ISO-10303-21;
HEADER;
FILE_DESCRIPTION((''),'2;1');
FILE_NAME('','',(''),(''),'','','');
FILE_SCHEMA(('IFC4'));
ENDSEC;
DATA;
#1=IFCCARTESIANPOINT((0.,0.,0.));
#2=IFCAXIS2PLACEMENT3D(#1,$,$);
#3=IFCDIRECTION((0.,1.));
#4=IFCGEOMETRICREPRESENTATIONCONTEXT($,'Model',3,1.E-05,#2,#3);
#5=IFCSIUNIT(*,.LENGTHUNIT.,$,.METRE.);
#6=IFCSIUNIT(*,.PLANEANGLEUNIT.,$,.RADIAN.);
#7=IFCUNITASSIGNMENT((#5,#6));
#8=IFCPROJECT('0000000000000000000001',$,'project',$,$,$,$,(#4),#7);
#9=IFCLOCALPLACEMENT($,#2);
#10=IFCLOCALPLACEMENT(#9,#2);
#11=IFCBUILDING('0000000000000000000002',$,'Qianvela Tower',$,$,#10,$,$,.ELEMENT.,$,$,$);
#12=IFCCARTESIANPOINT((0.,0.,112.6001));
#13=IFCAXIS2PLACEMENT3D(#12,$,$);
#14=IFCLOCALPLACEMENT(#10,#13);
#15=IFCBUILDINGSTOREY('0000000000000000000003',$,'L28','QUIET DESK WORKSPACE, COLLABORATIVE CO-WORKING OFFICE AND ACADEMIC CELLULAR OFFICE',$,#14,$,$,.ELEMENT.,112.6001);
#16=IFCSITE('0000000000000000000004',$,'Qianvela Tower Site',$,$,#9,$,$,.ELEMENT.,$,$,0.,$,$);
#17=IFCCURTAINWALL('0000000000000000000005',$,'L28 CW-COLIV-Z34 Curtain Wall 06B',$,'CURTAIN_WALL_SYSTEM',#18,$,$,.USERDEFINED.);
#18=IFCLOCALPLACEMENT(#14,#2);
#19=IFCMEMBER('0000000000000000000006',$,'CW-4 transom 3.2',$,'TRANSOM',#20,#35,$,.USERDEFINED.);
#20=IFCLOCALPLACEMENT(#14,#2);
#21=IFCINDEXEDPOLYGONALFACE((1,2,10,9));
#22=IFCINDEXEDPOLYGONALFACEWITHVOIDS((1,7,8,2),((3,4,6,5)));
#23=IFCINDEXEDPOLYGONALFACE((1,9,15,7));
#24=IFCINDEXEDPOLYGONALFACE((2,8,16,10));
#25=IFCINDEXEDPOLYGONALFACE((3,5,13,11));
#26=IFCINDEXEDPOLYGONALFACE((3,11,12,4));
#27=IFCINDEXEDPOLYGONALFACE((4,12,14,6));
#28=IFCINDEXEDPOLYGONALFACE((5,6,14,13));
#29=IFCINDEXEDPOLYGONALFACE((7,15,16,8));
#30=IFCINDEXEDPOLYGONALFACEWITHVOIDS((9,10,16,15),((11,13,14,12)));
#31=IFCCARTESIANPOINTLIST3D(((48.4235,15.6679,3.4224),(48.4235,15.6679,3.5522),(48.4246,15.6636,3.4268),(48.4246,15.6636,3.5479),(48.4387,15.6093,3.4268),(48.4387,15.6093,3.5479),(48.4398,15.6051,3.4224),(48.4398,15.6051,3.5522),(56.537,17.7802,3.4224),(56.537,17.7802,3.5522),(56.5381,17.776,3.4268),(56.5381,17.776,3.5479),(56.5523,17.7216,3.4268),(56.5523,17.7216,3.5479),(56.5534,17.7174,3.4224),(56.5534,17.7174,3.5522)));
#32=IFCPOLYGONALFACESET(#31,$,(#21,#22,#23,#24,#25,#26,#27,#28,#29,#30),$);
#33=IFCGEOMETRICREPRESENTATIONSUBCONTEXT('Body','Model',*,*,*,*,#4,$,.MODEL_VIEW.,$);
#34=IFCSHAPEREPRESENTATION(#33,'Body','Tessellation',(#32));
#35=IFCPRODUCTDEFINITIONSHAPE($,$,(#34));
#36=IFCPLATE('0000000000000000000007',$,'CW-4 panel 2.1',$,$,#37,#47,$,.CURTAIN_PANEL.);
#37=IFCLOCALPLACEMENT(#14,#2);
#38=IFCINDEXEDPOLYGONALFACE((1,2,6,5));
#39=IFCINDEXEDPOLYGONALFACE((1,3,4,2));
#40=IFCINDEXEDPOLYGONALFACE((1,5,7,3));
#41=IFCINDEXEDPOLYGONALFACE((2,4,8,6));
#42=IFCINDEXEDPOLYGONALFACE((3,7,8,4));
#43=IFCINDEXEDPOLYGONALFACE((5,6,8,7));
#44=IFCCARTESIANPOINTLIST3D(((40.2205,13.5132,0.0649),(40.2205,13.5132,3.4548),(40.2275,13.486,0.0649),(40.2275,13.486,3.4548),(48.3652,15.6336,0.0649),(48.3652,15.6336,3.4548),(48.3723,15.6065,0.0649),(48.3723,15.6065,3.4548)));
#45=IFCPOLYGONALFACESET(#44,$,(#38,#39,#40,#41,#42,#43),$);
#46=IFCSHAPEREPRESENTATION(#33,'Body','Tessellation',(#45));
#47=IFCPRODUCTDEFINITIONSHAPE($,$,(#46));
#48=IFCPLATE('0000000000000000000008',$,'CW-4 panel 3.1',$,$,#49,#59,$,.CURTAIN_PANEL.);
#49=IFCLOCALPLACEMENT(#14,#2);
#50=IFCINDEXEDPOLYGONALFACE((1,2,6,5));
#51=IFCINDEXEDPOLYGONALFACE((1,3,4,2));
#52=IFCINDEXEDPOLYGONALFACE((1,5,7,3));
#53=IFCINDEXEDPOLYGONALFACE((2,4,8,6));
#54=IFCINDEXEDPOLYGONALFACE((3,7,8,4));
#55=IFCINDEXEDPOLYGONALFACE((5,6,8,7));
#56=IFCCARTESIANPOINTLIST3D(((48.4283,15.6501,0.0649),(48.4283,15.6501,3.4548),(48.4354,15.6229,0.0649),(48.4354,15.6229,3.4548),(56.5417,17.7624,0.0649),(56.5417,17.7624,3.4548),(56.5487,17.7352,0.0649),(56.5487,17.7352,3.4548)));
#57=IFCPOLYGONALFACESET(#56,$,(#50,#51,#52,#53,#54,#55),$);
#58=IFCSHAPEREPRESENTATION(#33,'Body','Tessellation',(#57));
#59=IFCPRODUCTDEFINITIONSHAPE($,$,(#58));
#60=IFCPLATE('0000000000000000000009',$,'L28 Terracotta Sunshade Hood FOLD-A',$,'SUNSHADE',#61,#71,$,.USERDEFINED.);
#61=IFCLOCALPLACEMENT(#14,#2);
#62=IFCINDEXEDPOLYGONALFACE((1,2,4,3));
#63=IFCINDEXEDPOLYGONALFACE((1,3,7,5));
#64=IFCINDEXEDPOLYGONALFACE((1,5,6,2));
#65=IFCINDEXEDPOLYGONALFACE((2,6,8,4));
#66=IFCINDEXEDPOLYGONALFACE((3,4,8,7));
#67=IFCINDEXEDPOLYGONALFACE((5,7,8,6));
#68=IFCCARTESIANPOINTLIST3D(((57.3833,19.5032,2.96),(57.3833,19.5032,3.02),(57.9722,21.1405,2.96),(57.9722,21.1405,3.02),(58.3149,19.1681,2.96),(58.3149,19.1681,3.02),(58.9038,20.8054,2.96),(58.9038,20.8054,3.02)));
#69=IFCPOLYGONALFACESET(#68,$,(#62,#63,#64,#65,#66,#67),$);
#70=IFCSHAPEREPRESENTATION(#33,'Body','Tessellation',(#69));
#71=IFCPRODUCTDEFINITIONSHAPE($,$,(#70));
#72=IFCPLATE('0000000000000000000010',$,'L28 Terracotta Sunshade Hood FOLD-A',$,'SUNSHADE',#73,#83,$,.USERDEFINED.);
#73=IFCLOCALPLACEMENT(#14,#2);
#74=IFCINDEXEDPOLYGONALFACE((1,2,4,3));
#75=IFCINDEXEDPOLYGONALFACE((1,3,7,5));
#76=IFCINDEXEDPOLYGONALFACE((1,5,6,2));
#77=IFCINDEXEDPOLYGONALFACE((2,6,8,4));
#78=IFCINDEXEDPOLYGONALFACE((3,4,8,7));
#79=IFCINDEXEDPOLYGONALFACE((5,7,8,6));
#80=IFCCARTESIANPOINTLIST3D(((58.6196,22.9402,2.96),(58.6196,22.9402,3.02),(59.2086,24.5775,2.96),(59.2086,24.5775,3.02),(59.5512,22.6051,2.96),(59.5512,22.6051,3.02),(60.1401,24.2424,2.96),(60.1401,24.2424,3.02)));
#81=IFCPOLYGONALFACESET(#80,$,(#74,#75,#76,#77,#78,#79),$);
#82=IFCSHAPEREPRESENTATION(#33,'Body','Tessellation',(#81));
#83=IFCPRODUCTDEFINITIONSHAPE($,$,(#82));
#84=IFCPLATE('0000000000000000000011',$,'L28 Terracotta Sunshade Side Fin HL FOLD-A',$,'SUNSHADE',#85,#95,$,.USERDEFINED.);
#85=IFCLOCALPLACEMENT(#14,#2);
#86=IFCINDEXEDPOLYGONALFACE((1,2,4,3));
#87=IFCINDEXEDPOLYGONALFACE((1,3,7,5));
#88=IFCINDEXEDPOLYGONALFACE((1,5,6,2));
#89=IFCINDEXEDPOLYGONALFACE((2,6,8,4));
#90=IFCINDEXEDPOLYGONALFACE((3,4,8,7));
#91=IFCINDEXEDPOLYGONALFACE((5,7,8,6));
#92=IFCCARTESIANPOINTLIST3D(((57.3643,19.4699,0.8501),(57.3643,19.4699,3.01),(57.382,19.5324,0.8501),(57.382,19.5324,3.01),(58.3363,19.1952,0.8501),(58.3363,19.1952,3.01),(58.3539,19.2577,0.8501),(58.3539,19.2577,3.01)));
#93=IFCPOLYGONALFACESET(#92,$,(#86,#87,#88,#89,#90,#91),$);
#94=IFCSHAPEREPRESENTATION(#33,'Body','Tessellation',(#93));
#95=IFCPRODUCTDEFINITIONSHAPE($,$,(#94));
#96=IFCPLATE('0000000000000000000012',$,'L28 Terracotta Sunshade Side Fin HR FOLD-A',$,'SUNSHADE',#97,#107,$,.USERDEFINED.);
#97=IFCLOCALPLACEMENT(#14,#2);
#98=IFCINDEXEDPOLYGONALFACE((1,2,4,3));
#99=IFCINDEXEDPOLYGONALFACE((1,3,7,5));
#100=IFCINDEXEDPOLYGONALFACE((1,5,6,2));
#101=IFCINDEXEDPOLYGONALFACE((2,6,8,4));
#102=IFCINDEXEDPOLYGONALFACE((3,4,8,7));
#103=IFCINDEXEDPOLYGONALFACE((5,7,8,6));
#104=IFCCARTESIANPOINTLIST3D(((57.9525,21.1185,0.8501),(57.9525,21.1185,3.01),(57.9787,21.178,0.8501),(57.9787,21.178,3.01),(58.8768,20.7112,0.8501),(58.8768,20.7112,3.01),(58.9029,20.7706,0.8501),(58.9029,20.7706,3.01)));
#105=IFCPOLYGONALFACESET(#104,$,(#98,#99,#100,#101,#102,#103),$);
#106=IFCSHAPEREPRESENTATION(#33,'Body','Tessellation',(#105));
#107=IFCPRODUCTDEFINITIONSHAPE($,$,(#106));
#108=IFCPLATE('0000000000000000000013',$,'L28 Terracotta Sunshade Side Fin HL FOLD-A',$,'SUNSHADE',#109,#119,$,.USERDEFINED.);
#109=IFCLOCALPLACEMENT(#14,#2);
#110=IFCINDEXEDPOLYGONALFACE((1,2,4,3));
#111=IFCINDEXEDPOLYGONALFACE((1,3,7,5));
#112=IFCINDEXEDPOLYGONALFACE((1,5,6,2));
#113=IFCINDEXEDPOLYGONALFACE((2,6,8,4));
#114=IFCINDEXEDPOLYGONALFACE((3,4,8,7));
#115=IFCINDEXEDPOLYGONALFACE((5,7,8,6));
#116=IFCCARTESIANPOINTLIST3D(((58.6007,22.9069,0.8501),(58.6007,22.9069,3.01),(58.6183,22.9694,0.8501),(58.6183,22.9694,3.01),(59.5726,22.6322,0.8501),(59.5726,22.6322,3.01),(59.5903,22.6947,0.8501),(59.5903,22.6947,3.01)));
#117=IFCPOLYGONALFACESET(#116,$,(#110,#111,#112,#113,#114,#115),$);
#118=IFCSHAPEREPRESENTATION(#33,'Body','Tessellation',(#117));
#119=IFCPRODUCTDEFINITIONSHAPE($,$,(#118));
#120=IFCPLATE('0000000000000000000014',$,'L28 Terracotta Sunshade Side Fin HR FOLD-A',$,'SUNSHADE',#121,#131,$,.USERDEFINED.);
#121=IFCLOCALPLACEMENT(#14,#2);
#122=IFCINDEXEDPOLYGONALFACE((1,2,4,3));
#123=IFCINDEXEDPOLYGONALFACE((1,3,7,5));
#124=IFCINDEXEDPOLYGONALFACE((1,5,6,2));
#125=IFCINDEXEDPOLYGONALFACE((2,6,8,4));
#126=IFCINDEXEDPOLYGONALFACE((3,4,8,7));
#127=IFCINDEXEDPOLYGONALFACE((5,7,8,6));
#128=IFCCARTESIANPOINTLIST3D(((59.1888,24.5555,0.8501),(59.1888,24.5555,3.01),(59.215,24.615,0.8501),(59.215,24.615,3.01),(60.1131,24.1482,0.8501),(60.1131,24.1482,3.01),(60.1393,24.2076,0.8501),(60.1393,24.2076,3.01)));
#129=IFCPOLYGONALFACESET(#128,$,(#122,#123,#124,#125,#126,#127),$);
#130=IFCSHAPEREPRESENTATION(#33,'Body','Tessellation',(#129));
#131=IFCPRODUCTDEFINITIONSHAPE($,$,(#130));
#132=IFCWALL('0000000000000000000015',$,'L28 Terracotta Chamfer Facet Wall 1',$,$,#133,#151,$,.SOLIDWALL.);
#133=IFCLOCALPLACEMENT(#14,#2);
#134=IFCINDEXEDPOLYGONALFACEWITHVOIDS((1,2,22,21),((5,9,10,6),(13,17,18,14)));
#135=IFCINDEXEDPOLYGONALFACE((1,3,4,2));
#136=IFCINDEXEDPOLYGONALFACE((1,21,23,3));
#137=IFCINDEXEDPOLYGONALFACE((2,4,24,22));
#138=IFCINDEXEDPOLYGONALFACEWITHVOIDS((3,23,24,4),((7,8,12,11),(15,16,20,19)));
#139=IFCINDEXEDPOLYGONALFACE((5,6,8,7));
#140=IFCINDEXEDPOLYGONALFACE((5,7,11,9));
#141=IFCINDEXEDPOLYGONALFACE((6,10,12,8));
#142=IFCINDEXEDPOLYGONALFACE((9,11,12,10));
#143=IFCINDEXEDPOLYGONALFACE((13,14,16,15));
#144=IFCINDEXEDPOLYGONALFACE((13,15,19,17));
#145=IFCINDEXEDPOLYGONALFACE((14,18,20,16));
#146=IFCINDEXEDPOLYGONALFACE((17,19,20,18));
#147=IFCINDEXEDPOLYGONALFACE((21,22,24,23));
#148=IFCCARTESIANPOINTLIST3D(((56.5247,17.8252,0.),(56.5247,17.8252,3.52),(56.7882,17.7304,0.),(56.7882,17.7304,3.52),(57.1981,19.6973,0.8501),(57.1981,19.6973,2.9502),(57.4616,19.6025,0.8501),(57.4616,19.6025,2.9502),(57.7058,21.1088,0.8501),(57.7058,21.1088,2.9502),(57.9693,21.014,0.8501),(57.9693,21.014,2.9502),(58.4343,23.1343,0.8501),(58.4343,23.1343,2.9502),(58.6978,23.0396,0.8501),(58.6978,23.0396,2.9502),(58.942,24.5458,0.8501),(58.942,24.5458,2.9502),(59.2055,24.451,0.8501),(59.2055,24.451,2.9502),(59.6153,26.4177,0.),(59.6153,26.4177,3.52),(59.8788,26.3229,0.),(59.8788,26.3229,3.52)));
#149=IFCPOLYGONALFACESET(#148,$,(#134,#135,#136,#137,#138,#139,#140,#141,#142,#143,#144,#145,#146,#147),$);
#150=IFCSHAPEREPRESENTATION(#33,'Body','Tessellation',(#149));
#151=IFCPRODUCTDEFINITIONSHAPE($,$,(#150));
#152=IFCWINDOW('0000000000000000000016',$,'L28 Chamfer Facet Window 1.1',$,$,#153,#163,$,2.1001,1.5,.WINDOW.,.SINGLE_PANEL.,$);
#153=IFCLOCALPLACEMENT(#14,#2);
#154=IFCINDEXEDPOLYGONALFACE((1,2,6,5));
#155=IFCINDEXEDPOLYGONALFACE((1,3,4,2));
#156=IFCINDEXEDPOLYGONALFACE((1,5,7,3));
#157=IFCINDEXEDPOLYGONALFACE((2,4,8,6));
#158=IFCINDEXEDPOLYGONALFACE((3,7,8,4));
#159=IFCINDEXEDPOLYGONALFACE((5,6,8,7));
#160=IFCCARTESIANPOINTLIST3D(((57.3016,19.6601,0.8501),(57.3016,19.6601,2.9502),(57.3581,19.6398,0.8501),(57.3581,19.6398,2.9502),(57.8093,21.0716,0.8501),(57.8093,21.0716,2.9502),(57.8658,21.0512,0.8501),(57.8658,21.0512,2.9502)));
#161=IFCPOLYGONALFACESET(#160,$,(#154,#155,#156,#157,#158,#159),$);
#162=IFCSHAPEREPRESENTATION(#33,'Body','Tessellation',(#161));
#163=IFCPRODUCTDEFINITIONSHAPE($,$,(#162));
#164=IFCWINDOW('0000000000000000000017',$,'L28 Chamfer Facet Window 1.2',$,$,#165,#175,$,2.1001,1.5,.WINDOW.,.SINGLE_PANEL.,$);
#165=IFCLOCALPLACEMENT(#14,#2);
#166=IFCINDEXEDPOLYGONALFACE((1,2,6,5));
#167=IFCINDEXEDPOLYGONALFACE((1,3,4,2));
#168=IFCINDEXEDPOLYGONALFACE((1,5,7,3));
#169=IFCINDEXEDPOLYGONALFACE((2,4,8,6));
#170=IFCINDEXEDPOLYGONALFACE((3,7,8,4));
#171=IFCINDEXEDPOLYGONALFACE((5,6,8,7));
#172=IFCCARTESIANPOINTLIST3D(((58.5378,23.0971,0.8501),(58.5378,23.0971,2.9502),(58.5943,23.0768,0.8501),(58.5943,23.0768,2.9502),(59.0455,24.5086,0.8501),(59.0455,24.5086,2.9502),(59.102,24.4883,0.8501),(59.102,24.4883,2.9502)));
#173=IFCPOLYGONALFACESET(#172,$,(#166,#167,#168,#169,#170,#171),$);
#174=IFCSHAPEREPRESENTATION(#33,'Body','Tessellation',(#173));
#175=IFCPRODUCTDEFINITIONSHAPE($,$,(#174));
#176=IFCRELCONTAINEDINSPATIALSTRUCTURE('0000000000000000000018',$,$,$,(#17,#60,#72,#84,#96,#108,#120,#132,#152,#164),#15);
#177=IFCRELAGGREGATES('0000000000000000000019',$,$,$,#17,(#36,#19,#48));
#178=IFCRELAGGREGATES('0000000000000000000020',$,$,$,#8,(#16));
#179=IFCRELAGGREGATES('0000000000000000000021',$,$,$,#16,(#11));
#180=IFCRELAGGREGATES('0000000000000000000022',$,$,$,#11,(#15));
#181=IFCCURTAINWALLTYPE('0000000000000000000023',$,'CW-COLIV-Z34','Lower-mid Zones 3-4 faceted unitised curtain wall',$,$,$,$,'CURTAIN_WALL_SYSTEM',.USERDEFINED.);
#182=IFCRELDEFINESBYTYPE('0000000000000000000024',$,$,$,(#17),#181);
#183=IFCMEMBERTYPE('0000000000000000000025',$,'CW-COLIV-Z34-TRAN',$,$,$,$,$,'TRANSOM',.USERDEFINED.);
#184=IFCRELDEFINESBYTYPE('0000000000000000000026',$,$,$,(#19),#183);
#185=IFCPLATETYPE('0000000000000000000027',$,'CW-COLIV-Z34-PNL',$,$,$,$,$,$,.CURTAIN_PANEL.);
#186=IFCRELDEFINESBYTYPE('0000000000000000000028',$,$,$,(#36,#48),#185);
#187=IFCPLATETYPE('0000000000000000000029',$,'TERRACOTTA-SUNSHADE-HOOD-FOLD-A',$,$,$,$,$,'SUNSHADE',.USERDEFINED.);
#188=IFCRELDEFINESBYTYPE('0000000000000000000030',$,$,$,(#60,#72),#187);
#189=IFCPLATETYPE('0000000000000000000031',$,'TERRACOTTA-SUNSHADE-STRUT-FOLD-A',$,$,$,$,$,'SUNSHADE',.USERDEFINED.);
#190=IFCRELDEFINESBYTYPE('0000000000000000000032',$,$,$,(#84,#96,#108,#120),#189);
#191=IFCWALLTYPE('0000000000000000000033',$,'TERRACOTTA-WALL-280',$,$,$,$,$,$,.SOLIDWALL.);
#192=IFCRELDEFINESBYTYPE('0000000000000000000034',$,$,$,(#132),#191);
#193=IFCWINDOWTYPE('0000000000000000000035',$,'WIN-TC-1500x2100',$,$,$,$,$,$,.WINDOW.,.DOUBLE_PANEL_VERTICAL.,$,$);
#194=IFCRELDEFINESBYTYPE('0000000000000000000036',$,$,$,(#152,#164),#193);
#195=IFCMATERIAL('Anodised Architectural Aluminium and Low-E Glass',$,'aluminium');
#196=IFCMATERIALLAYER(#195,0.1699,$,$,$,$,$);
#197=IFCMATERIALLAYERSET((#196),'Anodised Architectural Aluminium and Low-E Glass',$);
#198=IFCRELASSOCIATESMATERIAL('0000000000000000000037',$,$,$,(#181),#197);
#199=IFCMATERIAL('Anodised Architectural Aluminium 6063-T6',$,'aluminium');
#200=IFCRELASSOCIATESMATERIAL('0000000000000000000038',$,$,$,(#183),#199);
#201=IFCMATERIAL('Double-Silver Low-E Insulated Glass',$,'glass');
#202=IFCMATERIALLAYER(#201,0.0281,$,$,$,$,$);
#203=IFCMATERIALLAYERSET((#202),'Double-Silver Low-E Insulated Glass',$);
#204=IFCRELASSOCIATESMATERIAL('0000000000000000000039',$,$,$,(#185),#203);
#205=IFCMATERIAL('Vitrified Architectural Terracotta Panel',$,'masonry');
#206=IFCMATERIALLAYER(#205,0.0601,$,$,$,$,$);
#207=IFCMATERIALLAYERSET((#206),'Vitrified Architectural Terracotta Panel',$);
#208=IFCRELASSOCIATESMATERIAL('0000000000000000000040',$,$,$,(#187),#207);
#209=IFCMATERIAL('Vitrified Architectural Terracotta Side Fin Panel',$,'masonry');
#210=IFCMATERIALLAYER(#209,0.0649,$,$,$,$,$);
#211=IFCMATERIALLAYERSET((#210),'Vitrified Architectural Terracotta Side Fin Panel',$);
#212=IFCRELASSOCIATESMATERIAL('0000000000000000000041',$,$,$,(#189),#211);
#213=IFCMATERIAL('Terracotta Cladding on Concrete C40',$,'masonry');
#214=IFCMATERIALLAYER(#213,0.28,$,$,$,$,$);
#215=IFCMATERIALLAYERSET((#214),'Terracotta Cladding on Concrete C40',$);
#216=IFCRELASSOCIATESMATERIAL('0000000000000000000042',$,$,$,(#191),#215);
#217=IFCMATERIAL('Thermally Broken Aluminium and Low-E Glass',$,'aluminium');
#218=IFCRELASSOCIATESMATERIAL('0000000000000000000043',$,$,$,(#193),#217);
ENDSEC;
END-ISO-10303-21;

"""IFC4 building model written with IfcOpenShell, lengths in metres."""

from ifc_helpers import new_model, si_unit, direction, frame, frame_2d, origin, origin_2d, place, context, subcontext, project, spatial, rectangle, hollow_rectangle, extrude, material, layer, layer_set, material_profile, profile_set, type_object, element, fill, aggregate, save


model = new_model("IFC4")

# Units and contexts
model_context = context("Model", 3, precision=1e-05, world=origin(), true_north=direction((0.0, 1.0)))
body_context = subcontext(model_context, "Body", "Model", "MODEL_VIEW")
ifc_project = project(units=[si_unit("LENGTHUNIT", "METRE"), si_unit("PLANEANGLEUNIT", "RADIAN")], contexts=[model_context])

# Site, building, storey
site_placement = place(None, origin())
site = spatial("IfcSite", under=ifc_project, at=site_placement, Name="Qianvela Tower Site", CompositionType="ELEMENT", RefElevation=0.0)
building_placement = place(site_placement, origin())
building = spatial("IfcBuilding", under=site, at=building_placement, Name="Qianvela Tower", CompositionType="ELEMENT")
storey_placement = place(building_placement, frame((0.0, 0.0, 112.6001)))
storey = spatial("IfcBuildingStorey", under=building, at=storey_placement, Name="L28", Description="QUIET DESK WORKSPACE, COLLABORATIVE CO-WORKING OFFICE AND ACADEMIC CELLULAR OFFICE", CompositionType="ELEMENT", Elevation=112.6001)

# Shared definitions
ifc_material_1 = material(Name="Anodised Architectural Aluminium and Low-E Glass", Category="aluminium")
ifc_layer_1 = layer(ifc_material_1, 0.1699)
ifc_layer_set_1 = layer_set([ifc_layer_1], Name="Anodised Architectural Aluminium and Low-E Glass")
curtain_wall_type = type_object("IfcCurtainWallType", Name="CW-COLIV-Z34", Description="Lower-mid Zones 3-4 faceted unitised curtain wall", ElementType="CURTAIN_WALL_SYSTEM", PredefinedType="USERDEFINED", material=ifc_layer_set_1)

# Curtain wall
curtain_wall_1_placement = place(storey_placement, origin())
curtain_wall_1 = element("IfcCurtainWall", 1, at=curtain_wall_1_placement, inside=storey, type_object=curtain_wall_type, Name="L28 CW-COLIV-Z34 Curtain Wall 06B", ObjectType="CURTAIN_WALL_SYSTEM", PredefinedType="USERDEFINED")

# Member
ifc_material_2 = material(Name="Anodised Architectural Aluminium 6063-T6", Category="aluminium")
ifc_material_profile_1 = material_profile(ifc_material_2, hollow_rectangle(XDim=0.0649, YDim=0.1299, WallThickness=0.0044, at=origin_2d()), Name="ALU-TRAN-65x130")
ifc_profile_set_1 = profile_set([ifc_material_profile_1], Name="Anodised Architectural Aluminium 6063-T6")
member_type_1 = type_object("IfcMemberType", Name="CW-COLIV-Z34-TRAN", ElementType="TRANSOM", PredefinedType="USERDEFINED", material=ifc_profile_set_1)
member_1_placement = place(storey_placement, frame((48.4316, 15.6365, 3.4873), z_axis=(0.967741, 0.251945, 0.0), x_axis=(-0.251945, 0.967741, 0.0)))
member_1 = element("IfcMember", 2, at=member_1_placement, type_object=member_type_1, Name="CW-4 transom 3.2", ObjectType="TRANSOM", PredefinedType="USERDEFINED", context=body_context, shape_type="SweptSolid", body=[
    extrude(hollow_rectangle(XDim=0.0649, YDim=0.1299, WallThickness=0.0044, at=origin_2d()), origin(), (0.0, 0.0, 1.0), 8.384),
])

# Plates
ifc_material_3 = material(Name="Double-Silver Low-E Insulated Glass", Category="glass")
ifc_layer_2 = layer(ifc_material_3, 0.0281)
ifc_layer_set_2 = layer_set([ifc_layer_2], Name="Double-Silver Low-E Insulated Glass")
plate_type_1 = type_object("IfcPlateType", Name="CW-COLIV-Z34-PNL", PredefinedType="CURTAIN_PANEL", material=ifc_layer_set_2)
plate_1_placement = place(storey_placement, frame((44.2964, 14.5598, 0.0649), z_axis=(0.0, 0.0, 1.0), x_axis=(0.96774, 0.25195, 0.0)))
plate_1 = element("IfcPlate", 3, at=plate_1_placement, type_object=plate_type_1, Name="CW-4 panel 2.1", PredefinedType="CURTAIN_PANEL", context=body_context, shape_type="SweptSolid", body=[
    extrude(rectangle(XDim=8.4163, YDim=0.0281, at=origin_2d()), origin(), (0.0, 0.0, 1.0), 3.3899),
])
plate_2_placement = place(storey_placement, frame((52.4885, 16.6926, 0.0649), z_axis=(0.0, 0.0, 1.0), x_axis=(0.96774, 0.25195, 0.0)))
plate_2 = element("IfcPlate", 4, at=plate_2_placement, type_object=plate_type_1, Name="CW-4 panel 3.1", PredefinedType="CURTAIN_PANEL", context=body_context, shape_type="SweptSolid", body=[
    extrude(rectangle(XDim=8.3838, YDim=0.0281, at=origin_2d()), origin(), (0.0, 0.0, 1.0), 3.3899),
])
aggregate(curtain_wall_1, [plate_1, member_1, plate_2])

# Plates
ifc_material_4 = material(Name="Vitrified Architectural Terracotta Panel", Category="masonry")
ifc_layer_3 = layer(ifc_material_4, 0.0601)
ifc_layer_set_3 = layer_set([ifc_layer_3], Name="Vitrified Architectural Terracotta Panel")
plate_type_2 = type_object("IfcPlateType", Name="TERRACOTTA-SUNSHADE-HOOD-FOLD-A", ElementType="SUNSHADE", PredefinedType="USERDEFINED", material=ifc_layer_set_3)
for number, where, z_axis, x_axis, name in (
    (5, (58.1436, 20.1543, 2.96), (0.0, 0.0, 1.0), (0.338464, 0.940979, 0.0), "L28 Terracotta Sunshade Hood FOLD-A"),
    (6, (59.3799, 23.5913, 2.96), (0.0, 0.0, 1.0), (0.338464, 0.940979, 0.0), "L28 Terracotta Sunshade Hood FOLD-A"),
):
    element("IfcPlate", number, at=place(storey_placement, frame(where, z_axis=z_axis, x_axis=x_axis)), inside=storey, type_object=plate_type_2, Name=name, ObjectType="SUNSHADE", PredefinedType="USERDEFINED", context=body_context, shape_type="SweptSolid", body=[
        extrude(rectangle(XDim=1.74, YDim=0.99, at=origin_2d()), origin(), (0.0, 0.0, 1.0), 0.0601),
    ])
ifc_material_5 = material(Name="Vitrified Architectural Terracotta Side Fin Panel", Category="masonry")
ifc_layer_4 = layer(ifc_material_5, 0.0649)
ifc_layer_set_4 = layer_set([ifc_layer_4], Name="Vitrified Architectural Terracotta Side Fin Panel")
plate_type_3 = type_object("IfcPlateType", Name="TERRACOTTA-SUNSHADE-STRUT-FOLD-A", ElementType="SUNSHADE", PredefinedType="USERDEFINED", material=ifc_layer_set_4)
for number, where, z_axis, x_axis, name in (
    (7, (57.8591, 19.3638, 0.8501), (0.0, 0.0, 1.0), (0.272, 0.962297, 0.0), "L28 Terracotta Sunshade Side Fin HL FOLD-A"),
    (8, (58.4277, 20.9446, 0.8501), (0.0, 0.0, 1.0), (0.403279, 0.915077, 0.0), "L28 Terracotta Sunshade Side Fin HR FOLD-A"),
    (9, (59.0955, 22.8008, 0.8501), (0.0, 0.0, 1.0), (0.272, 0.962297, 0.0), "L28 Terracotta Sunshade Side Fin HL FOLD-A"),
    (10, (59.6641, 24.3816, 0.8501), (0.0, 0.0, 1.0), (0.403279, 0.915077, 0.0), "L28 Terracotta Sunshade Side Fin HR FOLD-A"),
):
    element("IfcPlate", number, at=place(storey_placement, frame(where, z_axis=z_axis, x_axis=x_axis)), inside=storey, type_object=plate_type_3, Name=name, ObjectType="SUNSHADE", PredefinedType="USERDEFINED", context=body_context, shape_type="SweptSolid", body=[
        extrude(rectangle(XDim=0.0649, YDim=1.01, at=origin_2d()), origin(), (0.0, 0.0, 1.0), 2.1599),
    ])

# Wall, openings, windows
ifc_material_6 = material(Name="Terracotta Cladding on Concrete C40", Category="masonry")
ifc_layer_5 = layer(ifc_material_6, 0.28)
ifc_layer_set_5 = layer_set([ifc_layer_5], Name="Terracotta Cladding on Concrete C40")
wall_type_1 = type_object("IfcWallType", Name="TERRACOTTA-WALL-280", PredefinedType="SOLIDWALL", material=ifc_layer_set_5)
wall_1_placement = place(storey_placement, frame((56.6565, 17.7778, 0.0), z_axis=(0.0, 0.0, 1.0), x_axis=(0.338454, 0.940983, 0.0)))
wall_1 = element("IfcWall", 11, at=wall_1_placement, inside=storey, type_object=wall_type_1, Name="L28 Terracotta Chamfer Facet Wall 1", PredefinedType="SOLIDWALL", context=body_context, shape_type="SweptSolid", body=[
    extrude(rectangle(XDim=9.1313, YDim=0.28, at=frame_2d((4.5657, 0.0))), origin(), (0.0, 0.0, 1.0), 3.52),
])
opening_1_placement = place(wall_1_placement, frame((1.9895, 0.0, 0.8501)))
opening_1 = element("IfcOpeningElement", 12, at=opening_1_placement, cuts=wall_1, PredefinedType="OPENING", context=body_context, shape_type="SweptSolid", body=[
    extrude(rectangle(XDim=1.5, YDim=2.1001, at=frame_2d((0.75, 1.05))), frame((0.0, 0.1499, 0.0), z_axis=(0.0, -1.0, 0.0), x_axis=(1.0, 0.0, 0.0)), (0.0, 0.0, 1.0), 0.3),
])
opening_2_placement = place(wall_1_placement, frame((5.6421, 0.0, 0.8501)))
opening_2 = element("IfcOpeningElement", 13, at=opening_2_placement, cuts=wall_1, PredefinedType="OPENING", context=body_context, shape_type="SweptSolid", body=[
    extrude(rectangle(XDim=1.5, YDim=2.1001, at=frame_2d((0.75, 1.05))), frame((0.0, 0.1499, 0.0), z_axis=(0.0, -1.0, 0.0), x_axis=(1.0, 0.0, 0.0)), (0.0, 0.0, 1.0), 0.3),
])
ifc_material_7 = material(Name="Thermally Broken Aluminium and Low-E Glass", Category="aluminium")
window_type = type_object("IfcWindowType", Name="WIN-TC-1500x2100", PartitioningType="DOUBLE_PANEL_VERTICAL", PredefinedType="WINDOW", material=ifc_material_7)
window_1_placement = place(opening_1_placement, origin())
window_1 = element("IfcWindow", 14, at=window_1_placement, inside=storey, type_object=window_type, Name="L28 Chamfer Facet Window 1.1", OverallHeight=2.1001, OverallWidth=1.5, PartitioningType="SINGLE_PANEL", PredefinedType="WINDOW", context=body_context, shape_type="SweptSolid", body=[
    extrude(rectangle(XDim=1.5, YDim=2.1001, at=frame_2d((0.75, 1.05))), frame((0.0, 0.03, 0.0), z_axis=(0.0, -1.0, 0.0), x_axis=(1.0, 0.0, 0.0)), (0.0, 0.0, 1.0), 0.0601),
])
fill(opening_1, window_1)
window_2_placement = place(opening_2_placement, origin())
window_2 = element("IfcWindow", 15, at=window_2_placement, inside=storey, type_object=window_type, Name="L28 Chamfer Facet Window 1.2", OverallHeight=2.1001, OverallWidth=1.5, PartitioningType="SINGLE_PANEL", PredefinedType="WINDOW", context=body_context, shape_type="SweptSolid", body=[
    extrude(rectangle(XDim=1.5, YDim=2.1001, at=frame_2d((0.75, 1.05))), frame((0.0, 0.03, 0.0), z_axis=(0.0, -1.0, 0.0), x_axis=(1.0, 0.0, 0.0)), (0.0, 0.0, 1.0), 0.0601),
])
fill(opening_2, window_2)

save(model, "model.ifc")
